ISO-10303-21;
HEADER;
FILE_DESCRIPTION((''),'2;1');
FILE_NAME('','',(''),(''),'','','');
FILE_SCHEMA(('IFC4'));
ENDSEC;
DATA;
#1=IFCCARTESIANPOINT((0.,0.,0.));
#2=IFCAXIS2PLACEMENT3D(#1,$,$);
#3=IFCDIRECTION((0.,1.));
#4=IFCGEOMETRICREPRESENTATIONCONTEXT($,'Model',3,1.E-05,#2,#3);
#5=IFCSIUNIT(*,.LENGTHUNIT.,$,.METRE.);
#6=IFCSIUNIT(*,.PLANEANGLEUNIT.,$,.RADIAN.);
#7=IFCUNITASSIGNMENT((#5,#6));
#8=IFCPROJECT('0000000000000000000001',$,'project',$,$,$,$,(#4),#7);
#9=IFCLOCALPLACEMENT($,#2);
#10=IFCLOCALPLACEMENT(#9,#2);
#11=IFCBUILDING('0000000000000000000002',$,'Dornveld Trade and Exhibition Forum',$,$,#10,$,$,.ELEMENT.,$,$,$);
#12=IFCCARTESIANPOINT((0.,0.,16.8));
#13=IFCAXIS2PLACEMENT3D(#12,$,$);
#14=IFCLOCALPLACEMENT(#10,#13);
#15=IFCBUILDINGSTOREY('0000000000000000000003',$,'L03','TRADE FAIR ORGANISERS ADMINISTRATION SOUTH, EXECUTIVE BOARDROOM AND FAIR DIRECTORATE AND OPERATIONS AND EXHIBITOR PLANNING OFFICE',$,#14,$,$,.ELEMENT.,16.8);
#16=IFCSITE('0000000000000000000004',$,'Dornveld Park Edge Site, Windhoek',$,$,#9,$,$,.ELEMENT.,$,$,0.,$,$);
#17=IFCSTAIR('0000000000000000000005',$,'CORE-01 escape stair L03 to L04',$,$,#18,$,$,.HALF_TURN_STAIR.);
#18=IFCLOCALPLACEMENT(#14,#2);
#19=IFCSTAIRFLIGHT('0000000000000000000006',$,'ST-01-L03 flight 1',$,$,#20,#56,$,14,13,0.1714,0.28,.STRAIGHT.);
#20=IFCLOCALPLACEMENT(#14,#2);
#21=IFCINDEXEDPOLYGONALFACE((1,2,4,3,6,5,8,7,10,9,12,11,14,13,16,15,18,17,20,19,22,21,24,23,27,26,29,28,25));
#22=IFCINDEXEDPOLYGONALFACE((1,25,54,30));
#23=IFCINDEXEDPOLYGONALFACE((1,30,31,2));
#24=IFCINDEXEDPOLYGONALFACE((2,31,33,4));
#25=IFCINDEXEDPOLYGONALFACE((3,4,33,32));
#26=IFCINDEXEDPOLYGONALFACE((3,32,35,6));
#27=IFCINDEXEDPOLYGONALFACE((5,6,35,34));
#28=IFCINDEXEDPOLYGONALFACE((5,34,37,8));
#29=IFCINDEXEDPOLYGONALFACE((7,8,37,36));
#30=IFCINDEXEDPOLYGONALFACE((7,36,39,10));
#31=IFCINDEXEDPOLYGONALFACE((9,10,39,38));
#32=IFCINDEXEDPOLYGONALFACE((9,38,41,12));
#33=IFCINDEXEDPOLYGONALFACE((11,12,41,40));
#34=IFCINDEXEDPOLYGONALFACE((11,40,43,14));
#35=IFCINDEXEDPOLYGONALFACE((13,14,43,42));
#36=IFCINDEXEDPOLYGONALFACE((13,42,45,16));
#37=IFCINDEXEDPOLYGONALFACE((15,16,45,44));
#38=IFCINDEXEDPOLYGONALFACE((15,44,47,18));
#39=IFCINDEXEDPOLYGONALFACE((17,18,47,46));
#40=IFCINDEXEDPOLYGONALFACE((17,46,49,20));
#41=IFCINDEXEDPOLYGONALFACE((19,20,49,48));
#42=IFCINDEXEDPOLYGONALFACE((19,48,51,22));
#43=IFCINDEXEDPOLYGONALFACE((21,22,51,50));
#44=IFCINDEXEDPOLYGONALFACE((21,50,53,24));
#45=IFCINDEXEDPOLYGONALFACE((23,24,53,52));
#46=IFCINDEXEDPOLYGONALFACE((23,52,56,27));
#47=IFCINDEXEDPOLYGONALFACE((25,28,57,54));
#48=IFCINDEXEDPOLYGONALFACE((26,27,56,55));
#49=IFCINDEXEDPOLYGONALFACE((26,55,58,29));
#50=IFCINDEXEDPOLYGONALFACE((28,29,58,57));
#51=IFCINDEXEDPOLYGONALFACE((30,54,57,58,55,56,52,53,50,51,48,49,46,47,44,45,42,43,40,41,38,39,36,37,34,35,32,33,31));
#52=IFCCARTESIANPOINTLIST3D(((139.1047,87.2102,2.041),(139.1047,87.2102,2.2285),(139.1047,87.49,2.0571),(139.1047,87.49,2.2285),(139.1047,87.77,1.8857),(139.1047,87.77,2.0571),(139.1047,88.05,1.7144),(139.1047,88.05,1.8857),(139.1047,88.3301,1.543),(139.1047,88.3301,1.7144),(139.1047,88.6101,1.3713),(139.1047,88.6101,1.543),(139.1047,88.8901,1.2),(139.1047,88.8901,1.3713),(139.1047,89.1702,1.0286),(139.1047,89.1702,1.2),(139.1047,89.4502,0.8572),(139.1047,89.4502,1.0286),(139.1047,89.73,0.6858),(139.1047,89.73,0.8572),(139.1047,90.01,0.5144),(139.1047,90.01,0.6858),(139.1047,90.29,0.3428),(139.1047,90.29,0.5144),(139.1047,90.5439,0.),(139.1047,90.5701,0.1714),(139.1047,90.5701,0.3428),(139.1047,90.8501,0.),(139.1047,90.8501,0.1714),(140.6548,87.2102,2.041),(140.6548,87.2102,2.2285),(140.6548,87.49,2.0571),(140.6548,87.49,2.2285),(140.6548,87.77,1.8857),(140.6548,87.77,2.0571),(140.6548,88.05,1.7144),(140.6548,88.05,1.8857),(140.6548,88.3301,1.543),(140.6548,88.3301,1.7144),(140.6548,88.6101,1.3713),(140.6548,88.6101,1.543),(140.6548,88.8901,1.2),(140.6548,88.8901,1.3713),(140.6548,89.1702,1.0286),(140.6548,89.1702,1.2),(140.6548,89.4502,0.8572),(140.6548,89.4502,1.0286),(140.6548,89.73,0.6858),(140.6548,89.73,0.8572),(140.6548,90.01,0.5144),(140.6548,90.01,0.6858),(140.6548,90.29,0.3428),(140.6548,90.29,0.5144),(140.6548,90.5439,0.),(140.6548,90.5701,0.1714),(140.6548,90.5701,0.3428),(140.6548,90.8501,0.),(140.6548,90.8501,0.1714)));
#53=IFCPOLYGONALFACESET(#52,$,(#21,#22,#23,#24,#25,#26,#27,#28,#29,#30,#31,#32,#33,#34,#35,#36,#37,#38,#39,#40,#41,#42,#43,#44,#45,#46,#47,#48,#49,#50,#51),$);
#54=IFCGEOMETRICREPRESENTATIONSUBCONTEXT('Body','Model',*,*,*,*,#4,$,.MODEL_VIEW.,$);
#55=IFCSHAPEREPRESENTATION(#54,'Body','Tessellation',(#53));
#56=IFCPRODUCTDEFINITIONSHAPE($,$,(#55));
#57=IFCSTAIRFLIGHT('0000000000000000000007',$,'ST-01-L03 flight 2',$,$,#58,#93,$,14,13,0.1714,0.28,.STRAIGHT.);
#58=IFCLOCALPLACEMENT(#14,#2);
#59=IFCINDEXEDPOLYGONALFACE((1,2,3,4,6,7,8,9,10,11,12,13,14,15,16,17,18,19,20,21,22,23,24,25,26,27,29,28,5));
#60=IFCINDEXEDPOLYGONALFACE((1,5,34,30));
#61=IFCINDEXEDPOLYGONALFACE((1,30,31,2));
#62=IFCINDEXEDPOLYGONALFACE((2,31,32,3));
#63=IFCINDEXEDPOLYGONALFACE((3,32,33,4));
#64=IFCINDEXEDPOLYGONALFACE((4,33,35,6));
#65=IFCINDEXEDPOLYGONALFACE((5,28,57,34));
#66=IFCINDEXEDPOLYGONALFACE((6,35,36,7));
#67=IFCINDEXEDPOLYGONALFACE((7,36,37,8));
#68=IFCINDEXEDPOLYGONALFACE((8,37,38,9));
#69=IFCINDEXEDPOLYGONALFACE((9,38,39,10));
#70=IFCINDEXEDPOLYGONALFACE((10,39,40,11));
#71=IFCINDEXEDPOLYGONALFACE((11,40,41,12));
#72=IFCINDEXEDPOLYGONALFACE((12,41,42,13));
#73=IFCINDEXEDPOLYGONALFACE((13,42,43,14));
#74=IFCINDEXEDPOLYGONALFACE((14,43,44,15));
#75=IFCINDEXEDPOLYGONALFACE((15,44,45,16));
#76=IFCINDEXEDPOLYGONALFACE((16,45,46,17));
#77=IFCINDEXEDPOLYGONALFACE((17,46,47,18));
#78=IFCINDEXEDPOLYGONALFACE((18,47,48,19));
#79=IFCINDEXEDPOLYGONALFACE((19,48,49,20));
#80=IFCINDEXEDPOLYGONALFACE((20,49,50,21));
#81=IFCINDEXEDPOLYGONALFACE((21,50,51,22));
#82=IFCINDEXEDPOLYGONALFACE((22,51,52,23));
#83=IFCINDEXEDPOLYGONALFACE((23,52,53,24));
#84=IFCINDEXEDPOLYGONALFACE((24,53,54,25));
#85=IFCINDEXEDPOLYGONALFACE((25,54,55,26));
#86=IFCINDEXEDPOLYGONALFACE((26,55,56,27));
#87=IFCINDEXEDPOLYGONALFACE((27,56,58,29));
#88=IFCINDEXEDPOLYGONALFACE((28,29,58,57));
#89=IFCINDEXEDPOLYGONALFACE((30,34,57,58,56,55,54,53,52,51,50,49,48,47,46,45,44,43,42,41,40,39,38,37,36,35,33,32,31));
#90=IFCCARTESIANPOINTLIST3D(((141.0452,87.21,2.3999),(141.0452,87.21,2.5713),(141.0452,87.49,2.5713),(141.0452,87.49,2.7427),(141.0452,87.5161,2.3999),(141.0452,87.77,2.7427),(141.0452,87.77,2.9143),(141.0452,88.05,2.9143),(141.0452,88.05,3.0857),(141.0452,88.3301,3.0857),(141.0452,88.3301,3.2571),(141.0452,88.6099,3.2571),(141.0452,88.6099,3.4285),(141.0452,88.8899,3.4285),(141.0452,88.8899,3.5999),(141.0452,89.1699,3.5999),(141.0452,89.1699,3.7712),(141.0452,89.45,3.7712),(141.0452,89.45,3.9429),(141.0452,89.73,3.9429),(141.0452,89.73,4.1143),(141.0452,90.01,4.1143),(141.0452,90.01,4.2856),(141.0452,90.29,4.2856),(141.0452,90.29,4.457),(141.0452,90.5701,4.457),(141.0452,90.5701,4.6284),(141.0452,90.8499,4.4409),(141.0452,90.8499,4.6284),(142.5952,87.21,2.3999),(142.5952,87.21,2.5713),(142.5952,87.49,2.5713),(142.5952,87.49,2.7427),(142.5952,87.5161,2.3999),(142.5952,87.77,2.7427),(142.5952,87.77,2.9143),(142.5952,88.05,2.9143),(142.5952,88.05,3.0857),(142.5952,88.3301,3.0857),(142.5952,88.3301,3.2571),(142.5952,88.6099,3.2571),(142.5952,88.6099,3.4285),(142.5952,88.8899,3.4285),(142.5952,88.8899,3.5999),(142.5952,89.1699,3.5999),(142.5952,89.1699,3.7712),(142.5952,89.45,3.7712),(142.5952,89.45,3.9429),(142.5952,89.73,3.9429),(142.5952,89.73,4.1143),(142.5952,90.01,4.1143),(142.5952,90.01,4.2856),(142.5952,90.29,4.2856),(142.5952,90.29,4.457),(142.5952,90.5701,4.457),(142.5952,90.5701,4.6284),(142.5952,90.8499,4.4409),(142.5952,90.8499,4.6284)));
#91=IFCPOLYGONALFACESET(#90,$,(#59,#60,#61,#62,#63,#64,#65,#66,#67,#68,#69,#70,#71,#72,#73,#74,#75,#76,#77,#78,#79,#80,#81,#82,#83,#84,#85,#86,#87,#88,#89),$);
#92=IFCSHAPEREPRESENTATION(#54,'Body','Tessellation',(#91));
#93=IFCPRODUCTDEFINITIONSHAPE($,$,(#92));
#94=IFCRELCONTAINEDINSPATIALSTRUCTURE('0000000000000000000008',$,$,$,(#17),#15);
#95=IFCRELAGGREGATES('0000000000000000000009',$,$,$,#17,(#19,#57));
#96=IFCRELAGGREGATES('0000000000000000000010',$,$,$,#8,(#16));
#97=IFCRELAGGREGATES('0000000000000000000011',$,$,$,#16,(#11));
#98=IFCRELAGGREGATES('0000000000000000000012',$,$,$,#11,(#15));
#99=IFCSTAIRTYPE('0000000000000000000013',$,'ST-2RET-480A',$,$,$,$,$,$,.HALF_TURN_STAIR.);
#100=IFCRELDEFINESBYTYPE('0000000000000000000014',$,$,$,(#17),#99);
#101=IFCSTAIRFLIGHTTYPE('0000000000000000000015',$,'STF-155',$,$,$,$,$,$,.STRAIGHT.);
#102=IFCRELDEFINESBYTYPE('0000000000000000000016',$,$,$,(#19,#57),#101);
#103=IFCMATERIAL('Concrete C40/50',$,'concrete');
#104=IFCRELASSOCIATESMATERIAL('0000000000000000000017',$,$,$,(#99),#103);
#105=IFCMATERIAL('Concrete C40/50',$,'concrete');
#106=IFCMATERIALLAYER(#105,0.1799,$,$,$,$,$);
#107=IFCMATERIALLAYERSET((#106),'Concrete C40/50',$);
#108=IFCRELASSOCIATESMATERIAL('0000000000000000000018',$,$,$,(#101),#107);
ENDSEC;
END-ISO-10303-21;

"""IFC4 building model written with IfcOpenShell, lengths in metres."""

from ifc_helpers import new_model, si_unit, direction, frame, origin, place, context, subcontext, project, spatial, polyline, outline, extrude, material, layer, layer_set, type_object, element, aggregate, save


model = new_model("IFC4")

# Units and contexts
model_context = context("Model", 3, precision=1e-05, world=origin(), true_north=direction((0.0, 1.0)))
body_context = subcontext(model_context, "Body", "Model", "MODEL_VIEW")
ifc_project = project(units=[si_unit("LENGTHUNIT", "METRE"), si_unit("PLANEANGLEUNIT", "RADIAN")], contexts=[model_context])

# Site, building, storey
site_placement = place(None, origin())
site = spatial("IfcSite", under=ifc_project, at=site_placement, Name="Dornveld Park Edge Site, Windhoek", CompositionType="ELEMENT", RefElevation=0.0)
building_placement = place(site_placement, origin())
building = spatial("IfcBuilding", under=site, at=building_placement, Name="Dornveld Trade and Exhibition Forum", CompositionType="ELEMENT")
storey_placement = place(building_placement, frame((0.0, 0.0, 16.8)))
storey = spatial("IfcBuildingStorey", under=building, at=storey_placement, Name="L03", Description="TRADE FAIR ORGANISERS ADMINISTRATION SOUTH, EXECUTIVE BOARDROOM AND FAIR DIRECTORATE AND OPERATIONS AND EXHIBITOR PLANNING OFFICE", CompositionType="ELEMENT", Elevation=16.8)

# Stair, stair flights
ifc_material_1 = material(Name="Concrete C40/50", Category="concrete")
stair_type = type_object("IfcStairType", Name="ST-2RET-480A", PredefinedType="HALF_TURN_STAIR", material=ifc_material_1)
stair_placement = place(storey_placement, origin())
stair = element("IfcStair", 1, at=stair_placement, inside=storey, type_object=stair_type, Name="CORE-01 escape stair L03 to L04", PredefinedType="HALF_TURN_STAIR")
ifc_material_2 = material(Name="Concrete C40/50", Category="concrete")
ifc_layer_1 = layer(ifc_material_2, 0.1799)
ifc_layer_set_1 = layer_set([ifc_layer_1], Name="Concrete C40/50")
stair_flight_type = type_object("IfcStairFlightType", Name="STF-155", PredefinedType="STRAIGHT", material=ifc_layer_set_1)
stair_flight_1_placement = place(storey_placement, frame((139.8799, 90.8501, 0.0), z_axis=(0.0, 0.0, 1.0), x_axis=(0.0, -1.0, 0.0)))
stair_flight_1 = element("IfcStairFlight", 2, at=stair_flight_1_placement, type_object=stair_flight_type, Name="ST-01-L03 flight 1", NumberOfRisers=14, NumberOfTreads=13, PredefinedType="STRAIGHT", RiserHeight=0.1714, TreadLength=0.28, context=body_context, shape_type="SweptSolid", body=[
    extrude(outline(polyline([(0.0, 0.0), (0.0, 0.1714), (0.28, 0.1714), (0.28, 0.3428), (0.5601, 0.3428), (0.5601, 0.5144), (0.8401, 0.5144), (0.8401, 0.6858), (1.1201, 0.6858), (1.1201, 0.8572), (1.3999, 0.8572), (1.3999, 1.0286), (1.6799, 1.0286), (1.6799, 1.2), (1.96, 1.2), (1.96, 1.3713), (2.24, 1.3713), (2.24, 1.543), (2.52, 1.543), (2.52, 1.7144), (2.8, 1.7144), (2.8, 1.8857), (3.0801, 1.8857), (3.0801, 2.0571), (3.3601, 2.0571), (3.3601, 2.2285), (3.6399, 2.2285), (3.6399, 2.3999), (3.6399, 2.041), (0.3062, 0.0), (0.0, 0.0)])), frame((0.0, 0.7749, 0.0), z_axis=(0.0, -1.0, 0.0), x_axis=(1.0, 0.0, 0.0)), (0.0, 0.0, 1.0), 1.55),
])
stair_flight_2_placement = place(storey_placement, frame((141.8201, 87.21, 2.3999), z_axis=(0.0, 0.0, 1.0), x_axis=(0.0, 1.0, 0.0)))
stair_flight_2 = element("IfcStairFlight", 3, at=stair_flight_2_placement, type_object=stair_flight_type, Name="ST-01-L03 flight 2", NumberOfRisers=14, NumberOfTreads=13, PredefinedType="STRAIGHT", RiserHeight=0.1714, TreadLength=0.28, context=body_context, shape_type="SweptSolid", body=[
    extrude(outline(polyline([(0.0, 0.0), (0.0, 0.1714), (0.28, 0.1714), (0.28, 0.3428), (0.5601, 0.3428), (0.5601, 0.5144), (0.8401, 0.5144), (0.8401, 0.6858), (1.1201, 0.6858), (1.1201, 0.8572), (1.3999, 0.8572), (1.3999, 1.0286), (1.6799, 1.0286), (1.6799, 1.2), (1.96, 1.2), (1.96, 1.3713), (2.24, 1.3713), (2.24, 1.543), (2.52, 1.543), (2.52, 1.7144), (2.8, 1.7144), (2.8, 1.8857), (3.0801, 1.8857), (3.0801, 2.0571), (3.3601, 2.0571), (3.3601, 2.2285), (3.6399, 2.2285), (3.6399, 2.3999), (3.6399, 2.041), (0.3062, 0.0), (0.0, 0.0)])), frame((0.0, 0.7749, 0.0), z_axis=(0.0, -1.0, 0.0), x_axis=(1.0, 0.0, 0.0)), (0.0, 0.0, 1.0), 1.55),
])
aggregate(stair, [stair_flight_1, stair_flight_2])

save(model, "model.ifc")
